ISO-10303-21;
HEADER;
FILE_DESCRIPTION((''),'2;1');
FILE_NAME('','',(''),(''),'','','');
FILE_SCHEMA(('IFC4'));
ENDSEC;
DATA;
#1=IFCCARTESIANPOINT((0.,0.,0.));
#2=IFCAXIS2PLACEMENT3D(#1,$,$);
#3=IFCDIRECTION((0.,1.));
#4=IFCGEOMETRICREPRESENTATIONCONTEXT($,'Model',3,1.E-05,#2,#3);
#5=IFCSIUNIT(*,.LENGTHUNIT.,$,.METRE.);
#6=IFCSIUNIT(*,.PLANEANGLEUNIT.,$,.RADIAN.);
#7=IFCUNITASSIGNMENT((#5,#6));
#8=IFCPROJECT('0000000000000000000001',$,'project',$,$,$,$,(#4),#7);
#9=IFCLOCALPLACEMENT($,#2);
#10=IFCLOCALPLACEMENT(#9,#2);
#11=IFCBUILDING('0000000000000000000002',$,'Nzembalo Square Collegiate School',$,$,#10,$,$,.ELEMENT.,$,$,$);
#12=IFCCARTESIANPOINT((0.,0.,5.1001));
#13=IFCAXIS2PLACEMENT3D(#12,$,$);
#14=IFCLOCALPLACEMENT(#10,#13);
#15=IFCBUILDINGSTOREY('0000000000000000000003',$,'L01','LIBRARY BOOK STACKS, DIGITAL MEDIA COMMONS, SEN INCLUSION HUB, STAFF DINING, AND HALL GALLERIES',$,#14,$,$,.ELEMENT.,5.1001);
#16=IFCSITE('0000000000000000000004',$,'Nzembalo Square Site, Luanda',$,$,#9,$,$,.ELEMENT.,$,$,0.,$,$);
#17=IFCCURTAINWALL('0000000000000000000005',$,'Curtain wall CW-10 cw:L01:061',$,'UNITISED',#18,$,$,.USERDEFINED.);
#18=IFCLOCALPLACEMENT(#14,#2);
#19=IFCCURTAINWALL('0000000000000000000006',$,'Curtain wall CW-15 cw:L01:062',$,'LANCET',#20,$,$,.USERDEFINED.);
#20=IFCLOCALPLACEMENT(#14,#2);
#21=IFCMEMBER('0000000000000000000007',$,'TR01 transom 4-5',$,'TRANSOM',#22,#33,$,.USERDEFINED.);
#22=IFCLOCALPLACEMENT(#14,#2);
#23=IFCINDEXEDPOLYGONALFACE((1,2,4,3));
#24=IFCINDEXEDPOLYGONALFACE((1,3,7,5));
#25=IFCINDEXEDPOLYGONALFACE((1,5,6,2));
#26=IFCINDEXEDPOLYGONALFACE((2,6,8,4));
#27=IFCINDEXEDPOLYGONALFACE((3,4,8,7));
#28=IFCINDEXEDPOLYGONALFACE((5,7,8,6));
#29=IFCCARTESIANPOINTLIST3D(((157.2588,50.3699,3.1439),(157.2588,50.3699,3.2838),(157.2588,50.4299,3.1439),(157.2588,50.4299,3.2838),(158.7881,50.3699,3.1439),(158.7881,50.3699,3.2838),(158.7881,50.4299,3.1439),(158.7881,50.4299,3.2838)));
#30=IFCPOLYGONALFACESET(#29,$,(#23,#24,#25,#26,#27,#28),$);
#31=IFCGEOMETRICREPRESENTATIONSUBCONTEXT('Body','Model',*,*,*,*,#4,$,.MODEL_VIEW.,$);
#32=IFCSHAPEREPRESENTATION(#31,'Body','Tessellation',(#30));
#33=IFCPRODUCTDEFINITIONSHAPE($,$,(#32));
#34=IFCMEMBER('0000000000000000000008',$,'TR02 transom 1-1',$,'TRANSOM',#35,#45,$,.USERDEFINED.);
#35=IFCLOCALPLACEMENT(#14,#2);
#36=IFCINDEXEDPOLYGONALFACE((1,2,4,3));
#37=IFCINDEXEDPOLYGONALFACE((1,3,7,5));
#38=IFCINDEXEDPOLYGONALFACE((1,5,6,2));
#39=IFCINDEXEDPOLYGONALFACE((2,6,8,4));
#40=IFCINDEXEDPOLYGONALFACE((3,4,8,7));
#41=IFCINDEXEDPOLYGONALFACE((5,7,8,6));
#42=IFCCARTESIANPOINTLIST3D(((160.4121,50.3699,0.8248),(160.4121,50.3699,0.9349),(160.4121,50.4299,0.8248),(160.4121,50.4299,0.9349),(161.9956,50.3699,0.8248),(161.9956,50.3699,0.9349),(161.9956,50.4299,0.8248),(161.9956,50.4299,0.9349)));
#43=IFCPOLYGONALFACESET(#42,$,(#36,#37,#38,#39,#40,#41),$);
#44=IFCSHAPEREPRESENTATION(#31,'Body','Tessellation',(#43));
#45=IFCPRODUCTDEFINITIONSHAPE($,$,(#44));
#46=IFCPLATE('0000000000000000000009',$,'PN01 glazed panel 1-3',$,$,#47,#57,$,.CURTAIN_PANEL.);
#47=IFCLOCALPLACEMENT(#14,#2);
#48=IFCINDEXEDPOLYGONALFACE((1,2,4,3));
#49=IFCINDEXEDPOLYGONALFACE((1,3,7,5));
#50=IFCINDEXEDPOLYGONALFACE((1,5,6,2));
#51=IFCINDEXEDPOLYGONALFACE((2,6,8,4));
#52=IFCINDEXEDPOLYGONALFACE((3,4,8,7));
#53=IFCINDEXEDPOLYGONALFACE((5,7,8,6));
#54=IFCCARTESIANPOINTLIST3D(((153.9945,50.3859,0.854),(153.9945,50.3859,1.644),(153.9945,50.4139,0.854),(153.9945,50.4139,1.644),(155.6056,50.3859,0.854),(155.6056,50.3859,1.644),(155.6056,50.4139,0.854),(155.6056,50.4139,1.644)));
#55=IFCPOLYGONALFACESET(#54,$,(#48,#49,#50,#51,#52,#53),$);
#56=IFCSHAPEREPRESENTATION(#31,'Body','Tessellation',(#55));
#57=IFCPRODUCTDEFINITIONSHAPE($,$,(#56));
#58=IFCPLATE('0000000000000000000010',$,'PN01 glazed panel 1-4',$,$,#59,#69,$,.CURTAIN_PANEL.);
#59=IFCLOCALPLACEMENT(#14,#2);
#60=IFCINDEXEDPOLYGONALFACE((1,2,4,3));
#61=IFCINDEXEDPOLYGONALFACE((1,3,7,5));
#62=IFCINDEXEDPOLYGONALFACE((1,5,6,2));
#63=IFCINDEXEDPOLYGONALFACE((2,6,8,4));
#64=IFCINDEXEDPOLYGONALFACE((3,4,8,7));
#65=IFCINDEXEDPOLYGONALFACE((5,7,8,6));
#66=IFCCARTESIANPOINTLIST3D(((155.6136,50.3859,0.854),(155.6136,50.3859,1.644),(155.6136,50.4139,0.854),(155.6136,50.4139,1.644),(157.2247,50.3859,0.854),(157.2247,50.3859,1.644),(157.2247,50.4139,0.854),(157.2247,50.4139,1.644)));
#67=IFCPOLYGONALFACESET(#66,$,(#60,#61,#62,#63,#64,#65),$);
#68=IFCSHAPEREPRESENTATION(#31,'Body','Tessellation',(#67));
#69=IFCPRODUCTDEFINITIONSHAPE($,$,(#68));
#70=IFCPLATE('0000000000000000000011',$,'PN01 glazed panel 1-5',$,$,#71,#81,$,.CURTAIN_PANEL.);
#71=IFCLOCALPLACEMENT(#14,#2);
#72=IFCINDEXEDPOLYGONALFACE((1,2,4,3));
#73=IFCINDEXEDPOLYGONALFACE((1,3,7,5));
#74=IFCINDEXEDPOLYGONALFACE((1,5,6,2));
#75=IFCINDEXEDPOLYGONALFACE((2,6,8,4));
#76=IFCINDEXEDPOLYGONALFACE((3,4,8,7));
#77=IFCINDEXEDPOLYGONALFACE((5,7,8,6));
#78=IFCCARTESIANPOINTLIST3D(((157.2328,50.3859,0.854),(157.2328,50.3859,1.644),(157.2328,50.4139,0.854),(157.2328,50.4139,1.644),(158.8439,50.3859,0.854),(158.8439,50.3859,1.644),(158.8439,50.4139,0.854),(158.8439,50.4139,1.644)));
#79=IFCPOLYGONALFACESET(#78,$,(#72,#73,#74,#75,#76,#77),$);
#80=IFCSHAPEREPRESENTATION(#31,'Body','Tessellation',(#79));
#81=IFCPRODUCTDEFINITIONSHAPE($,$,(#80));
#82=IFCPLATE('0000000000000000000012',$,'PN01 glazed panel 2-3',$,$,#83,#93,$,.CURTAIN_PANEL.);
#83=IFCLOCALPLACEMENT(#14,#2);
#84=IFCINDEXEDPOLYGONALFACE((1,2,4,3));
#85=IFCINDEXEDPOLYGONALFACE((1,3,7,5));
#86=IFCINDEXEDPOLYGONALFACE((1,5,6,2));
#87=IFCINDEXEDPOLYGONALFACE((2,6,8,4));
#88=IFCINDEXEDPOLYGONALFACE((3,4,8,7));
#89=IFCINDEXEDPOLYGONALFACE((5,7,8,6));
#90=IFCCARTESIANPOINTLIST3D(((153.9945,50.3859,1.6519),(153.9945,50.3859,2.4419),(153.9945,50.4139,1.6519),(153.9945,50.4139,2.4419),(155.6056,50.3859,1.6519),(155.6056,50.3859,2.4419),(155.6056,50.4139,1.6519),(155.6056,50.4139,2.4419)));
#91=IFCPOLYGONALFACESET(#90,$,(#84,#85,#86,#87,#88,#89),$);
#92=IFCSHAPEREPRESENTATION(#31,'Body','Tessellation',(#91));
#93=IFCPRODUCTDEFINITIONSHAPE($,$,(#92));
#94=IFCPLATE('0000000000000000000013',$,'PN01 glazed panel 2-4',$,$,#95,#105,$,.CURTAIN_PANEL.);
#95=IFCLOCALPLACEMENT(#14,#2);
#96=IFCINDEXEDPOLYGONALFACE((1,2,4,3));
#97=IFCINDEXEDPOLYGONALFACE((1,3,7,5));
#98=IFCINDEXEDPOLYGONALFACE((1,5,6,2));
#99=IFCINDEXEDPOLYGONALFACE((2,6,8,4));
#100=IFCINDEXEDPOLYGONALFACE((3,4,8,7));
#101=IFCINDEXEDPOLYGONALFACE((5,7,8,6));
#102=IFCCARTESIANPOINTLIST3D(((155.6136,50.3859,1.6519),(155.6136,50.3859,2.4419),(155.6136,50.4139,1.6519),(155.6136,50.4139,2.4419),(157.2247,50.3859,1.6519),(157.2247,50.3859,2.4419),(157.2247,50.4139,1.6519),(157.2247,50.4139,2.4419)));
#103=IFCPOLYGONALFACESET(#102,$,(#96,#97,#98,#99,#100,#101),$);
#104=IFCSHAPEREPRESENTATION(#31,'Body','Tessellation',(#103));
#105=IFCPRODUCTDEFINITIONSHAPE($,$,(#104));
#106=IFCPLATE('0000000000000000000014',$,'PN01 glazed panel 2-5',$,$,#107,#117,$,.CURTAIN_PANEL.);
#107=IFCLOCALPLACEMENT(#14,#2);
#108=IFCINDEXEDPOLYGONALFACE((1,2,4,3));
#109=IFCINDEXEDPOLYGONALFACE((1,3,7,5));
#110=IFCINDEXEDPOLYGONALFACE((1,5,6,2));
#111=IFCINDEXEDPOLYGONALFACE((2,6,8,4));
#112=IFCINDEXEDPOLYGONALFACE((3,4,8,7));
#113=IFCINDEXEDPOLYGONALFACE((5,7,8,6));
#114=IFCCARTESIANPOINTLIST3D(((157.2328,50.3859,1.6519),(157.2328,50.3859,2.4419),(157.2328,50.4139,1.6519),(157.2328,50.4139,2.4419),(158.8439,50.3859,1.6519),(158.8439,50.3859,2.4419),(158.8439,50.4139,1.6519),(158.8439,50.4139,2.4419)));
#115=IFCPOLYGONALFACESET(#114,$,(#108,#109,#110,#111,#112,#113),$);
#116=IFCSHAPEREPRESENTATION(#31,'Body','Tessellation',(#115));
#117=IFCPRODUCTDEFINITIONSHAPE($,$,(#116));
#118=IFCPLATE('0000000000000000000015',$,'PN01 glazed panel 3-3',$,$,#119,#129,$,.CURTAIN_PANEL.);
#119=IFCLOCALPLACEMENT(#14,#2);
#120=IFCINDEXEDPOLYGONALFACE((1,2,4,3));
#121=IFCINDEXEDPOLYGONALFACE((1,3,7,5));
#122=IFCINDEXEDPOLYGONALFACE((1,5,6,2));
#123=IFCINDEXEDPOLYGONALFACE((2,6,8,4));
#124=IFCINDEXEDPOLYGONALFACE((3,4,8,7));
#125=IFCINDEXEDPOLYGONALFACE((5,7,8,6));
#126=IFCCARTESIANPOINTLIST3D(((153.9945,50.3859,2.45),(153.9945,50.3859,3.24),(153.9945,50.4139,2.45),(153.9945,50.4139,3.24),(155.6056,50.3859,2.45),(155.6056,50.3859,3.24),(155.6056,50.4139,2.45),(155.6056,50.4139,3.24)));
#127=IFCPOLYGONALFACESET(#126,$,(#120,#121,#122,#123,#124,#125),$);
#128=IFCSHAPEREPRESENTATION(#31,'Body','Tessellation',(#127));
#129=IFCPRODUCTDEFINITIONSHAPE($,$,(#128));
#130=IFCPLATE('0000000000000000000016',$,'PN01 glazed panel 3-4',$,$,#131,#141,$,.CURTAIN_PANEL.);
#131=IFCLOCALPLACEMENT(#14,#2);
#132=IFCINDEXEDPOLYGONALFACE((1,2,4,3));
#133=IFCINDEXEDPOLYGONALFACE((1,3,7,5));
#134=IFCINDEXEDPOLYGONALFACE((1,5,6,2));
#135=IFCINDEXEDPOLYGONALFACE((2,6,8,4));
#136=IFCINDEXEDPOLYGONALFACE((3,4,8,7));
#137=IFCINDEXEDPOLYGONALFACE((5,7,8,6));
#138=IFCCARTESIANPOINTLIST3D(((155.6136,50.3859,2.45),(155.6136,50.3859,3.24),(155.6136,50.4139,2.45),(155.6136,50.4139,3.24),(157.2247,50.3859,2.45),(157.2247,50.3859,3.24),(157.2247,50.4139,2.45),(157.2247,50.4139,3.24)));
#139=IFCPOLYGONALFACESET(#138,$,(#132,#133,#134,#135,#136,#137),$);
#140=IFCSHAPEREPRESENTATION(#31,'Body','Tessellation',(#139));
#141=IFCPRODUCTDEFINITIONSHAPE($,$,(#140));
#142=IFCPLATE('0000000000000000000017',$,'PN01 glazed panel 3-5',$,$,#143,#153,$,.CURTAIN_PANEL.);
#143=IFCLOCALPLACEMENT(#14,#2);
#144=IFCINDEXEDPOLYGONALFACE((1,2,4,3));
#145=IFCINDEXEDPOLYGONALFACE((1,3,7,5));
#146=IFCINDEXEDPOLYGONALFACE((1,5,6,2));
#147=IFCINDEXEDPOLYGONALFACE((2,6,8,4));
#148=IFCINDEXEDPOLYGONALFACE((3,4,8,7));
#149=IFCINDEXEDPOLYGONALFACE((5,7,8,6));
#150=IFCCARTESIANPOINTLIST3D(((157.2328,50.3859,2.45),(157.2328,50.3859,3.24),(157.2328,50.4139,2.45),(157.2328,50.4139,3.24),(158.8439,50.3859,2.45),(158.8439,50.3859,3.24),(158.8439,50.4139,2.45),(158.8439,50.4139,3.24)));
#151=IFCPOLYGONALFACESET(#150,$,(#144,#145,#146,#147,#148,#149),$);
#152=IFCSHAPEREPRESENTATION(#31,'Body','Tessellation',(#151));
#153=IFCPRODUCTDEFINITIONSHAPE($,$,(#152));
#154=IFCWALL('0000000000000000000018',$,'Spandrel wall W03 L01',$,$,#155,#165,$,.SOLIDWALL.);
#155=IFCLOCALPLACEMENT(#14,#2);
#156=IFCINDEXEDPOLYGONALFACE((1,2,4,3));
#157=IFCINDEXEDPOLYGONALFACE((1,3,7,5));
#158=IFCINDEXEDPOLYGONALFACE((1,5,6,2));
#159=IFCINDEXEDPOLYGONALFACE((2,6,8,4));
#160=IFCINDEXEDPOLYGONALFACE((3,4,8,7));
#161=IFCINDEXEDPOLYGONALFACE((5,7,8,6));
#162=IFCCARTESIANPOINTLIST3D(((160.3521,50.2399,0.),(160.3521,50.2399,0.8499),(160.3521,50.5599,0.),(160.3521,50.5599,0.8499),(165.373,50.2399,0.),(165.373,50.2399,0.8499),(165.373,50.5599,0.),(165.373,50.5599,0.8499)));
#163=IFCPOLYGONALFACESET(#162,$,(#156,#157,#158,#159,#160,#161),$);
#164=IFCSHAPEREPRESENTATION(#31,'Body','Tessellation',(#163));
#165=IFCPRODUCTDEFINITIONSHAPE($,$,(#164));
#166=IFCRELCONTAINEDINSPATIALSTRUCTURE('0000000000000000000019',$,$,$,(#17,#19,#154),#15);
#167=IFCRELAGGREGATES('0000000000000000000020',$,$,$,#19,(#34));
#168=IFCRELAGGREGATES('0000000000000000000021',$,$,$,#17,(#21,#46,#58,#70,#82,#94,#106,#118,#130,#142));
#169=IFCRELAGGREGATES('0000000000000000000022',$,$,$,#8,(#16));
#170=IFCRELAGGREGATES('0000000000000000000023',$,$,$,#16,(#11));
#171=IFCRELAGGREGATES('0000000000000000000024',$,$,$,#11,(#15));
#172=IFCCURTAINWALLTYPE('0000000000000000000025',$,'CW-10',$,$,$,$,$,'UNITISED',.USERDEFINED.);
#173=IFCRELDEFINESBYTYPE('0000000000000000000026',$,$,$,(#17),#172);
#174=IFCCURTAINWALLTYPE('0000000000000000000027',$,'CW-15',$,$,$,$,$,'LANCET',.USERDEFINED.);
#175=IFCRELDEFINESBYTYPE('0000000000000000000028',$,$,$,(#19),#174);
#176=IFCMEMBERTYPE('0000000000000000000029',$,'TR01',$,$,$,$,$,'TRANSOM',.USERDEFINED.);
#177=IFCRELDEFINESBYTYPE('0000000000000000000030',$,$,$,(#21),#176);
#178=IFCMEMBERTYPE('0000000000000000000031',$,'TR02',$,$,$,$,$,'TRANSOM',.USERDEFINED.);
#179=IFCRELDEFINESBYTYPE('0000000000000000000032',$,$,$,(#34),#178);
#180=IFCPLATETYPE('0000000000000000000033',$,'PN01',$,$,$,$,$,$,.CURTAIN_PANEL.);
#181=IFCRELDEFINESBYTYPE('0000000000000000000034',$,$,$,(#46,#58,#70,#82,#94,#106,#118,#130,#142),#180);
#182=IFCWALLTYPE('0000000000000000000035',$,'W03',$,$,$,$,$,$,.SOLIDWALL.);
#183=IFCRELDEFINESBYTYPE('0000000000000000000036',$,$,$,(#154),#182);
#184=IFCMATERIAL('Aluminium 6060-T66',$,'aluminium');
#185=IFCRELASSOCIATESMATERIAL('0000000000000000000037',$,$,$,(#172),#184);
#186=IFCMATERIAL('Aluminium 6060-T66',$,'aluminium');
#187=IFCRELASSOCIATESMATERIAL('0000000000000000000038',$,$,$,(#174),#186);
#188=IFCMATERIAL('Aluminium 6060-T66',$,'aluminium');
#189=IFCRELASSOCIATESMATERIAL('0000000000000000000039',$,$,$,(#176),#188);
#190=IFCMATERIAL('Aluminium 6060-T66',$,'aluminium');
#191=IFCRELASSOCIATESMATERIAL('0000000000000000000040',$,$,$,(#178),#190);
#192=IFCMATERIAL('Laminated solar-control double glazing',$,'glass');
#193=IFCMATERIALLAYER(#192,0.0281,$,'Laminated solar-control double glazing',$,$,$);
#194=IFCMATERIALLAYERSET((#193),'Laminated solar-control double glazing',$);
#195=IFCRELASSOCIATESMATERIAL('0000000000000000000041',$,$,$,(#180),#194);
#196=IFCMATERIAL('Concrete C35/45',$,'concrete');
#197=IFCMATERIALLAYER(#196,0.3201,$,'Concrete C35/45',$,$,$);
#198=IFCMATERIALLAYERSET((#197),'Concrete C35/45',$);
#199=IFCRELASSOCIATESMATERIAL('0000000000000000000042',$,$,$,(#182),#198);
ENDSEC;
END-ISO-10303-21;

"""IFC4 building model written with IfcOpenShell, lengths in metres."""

from ifc_helpers import new_model, si_unit, direction, frame, frame_2d, origin, origin_2d, place, context, subcontext, project, spatial, rectangle, extrude, material, layer, layer_set, material_profile, profile_set, type_object, element, aggregate, save


model = new_model("IFC4")

# Units and contexts
model_context = context("Model", 3, precision=1e-05, world=origin(), true_north=direction((0.0, 1.0)))
body_context = subcontext(model_context, "Body", "Model", "MODEL_VIEW")
ifc_project = project(units=[si_unit("LENGTHUNIT", "METRE"), si_unit("PLANEANGLEUNIT", "RADIAN")], contexts=[model_context])

# Site, building, storey
site_placement = place(None, origin())
site = spatial("IfcSite", under=ifc_project, at=site_placement, Name="Nzembalo Square Site, Luanda", CompositionType="ELEMENT", RefElevation=0.0)
building_placement = place(site_placement, origin())
building = spatial("IfcBuilding", under=site, at=building_placement, Name="Nzembalo Square Collegiate School", CompositionType="ELEMENT")
storey_placement = place(building_placement, frame((0.0, 0.0, 5.1001)))
storey = spatial("IfcBuildingStorey", under=building, at=storey_placement, Name="L01", Description="LIBRARY BOOK STACKS, DIGITAL MEDIA COMMONS, SEN INCLUSION HUB, STAFF DINING, AND HALL GALLERIES", CompositionType="ELEMENT", Elevation=5.1001)

# Curtain wall
ifc_material_1 = material(Name="Aluminium 6060-T66", Category="aluminium")
curtain_wall_type_1 = type_object("IfcCurtainWallType", Name="CW-10", ElementType="UNITISED", PredefinedType="USERDEFINED", material=ifc_material_1)
curtain_wall_1_placement = place(storey_placement, origin())
curtain_wall_1 = element("IfcCurtainWall", 1, at=curtain_wall_1_placement, inside=storey, type_object=curtain_wall_type_1, Name="Curtain wall CW-10 cw:L01:061", ObjectType="UNITISED", PredefinedType="USERDEFINED")

# Curtain wall
ifc_material_2 = material(Name="Aluminium 6060-T66", Category="aluminium")
curtain_wall_type_2 = type_object("IfcCurtainWallType", Name="CW-15", ElementType="LANCET", PredefinedType="USERDEFINED", material=ifc_material_2)
curtain_wall_2_placement = place(storey_placement, origin())
curtain_wall_2 = element("IfcCurtainWall", 2, at=curtain_wall_2_placement, inside=storey, type_object=curtain_wall_type_2, Name="Curtain wall CW-15 cw:L01:062", ObjectType="LANCET", PredefinedType="USERDEFINED")

# Members
ifc_material_3 = material(Name="Aluminium 6060-T66", Category="aluminium")
ifc_material_profile_1 = material_profile(ifc_material_3, rectangle(XDim=0.0601, YDim=0.1399, at=origin_2d()), Name="ALU T60x140")
ifc_profile_set_1 = profile_set([ifc_material_profile_1], Name="Aluminium 6060-T66")
member_type_1 = type_object("IfcMemberType", Name="TR01", ElementType="TRANSOM", PredefinedType="USERDEFINED", material=ifc_profile_set_1)
member_1_placement = place(storey_placement, frame((157.2588, 50.3999, 3.2139), z_axis=(1.0, 0.0, 0.0), x_axis=(0.0, 1.0, 0.0)))
member_1 = element("IfcMember", 3, at=member_1_placement, type_object=member_type_1, Name="TR01 transom 4-5", ObjectType="TRANSOM", PredefinedType="USERDEFINED", context=body_context, shape_type="SweptSolid", body=[
    extrude(rectangle(XDim=0.0601, YDim=0.1399, at=origin_2d()), origin(), (0.0, 0.0, 1.0), 1.5293),
])
ifc_material_4 = material(Name="Aluminium 6060-T66", Category="aluminium")
ifc_material_profile_2 = material_profile(ifc_material_4, rectangle(XDim=0.0601, YDim=0.1101, at=origin_2d()), Name="ALU T60x110")
ifc_profile_set_2 = profile_set([ifc_material_profile_2], Name="Aluminium 6060-T66")
member_type_2 = type_object("IfcMemberType", Name="TR02", ElementType="TRANSOM", PredefinedType="USERDEFINED", material=ifc_profile_set_2)
member_2_placement = place(storey_placement, frame((160.4121, 50.3999, 0.8799), z_axis=(1.0, 0.0, 0.0), x_axis=(0.0, 1.0, 0.0)))
member_2 = element("IfcMember", 4, at=member_2_placement, type_object=member_type_2, Name="TR02 transom 1-1", ObjectType="TRANSOM", PredefinedType="USERDEFINED", context=body_context, shape_type="SweptSolid", body=[
    extrude(rectangle(XDim=0.0601, YDim=0.1101, at=origin_2d()), origin(), (0.0, 0.0, 1.0), 1.5835),
])
aggregate(curtain_wall_2, [member_2])

# Plates
ifc_material_5 = material(Name="Laminated solar-control double glazing", Category="glass")
ifc_layer_1 = layer(ifc_material_5, 0.0281, Name="Laminated solar-control double glazing")
ifc_layer_set_1 = layer_set([ifc_layer_1], Name="Laminated solar-control double glazing")
plate_type = type_object("IfcPlateType", Name="PN01", PredefinedType="CURTAIN_PANEL", material=ifc_layer_set_1)
plate_1_placement = place(storey_placement, frame((154.8, 50.3999, 0.854), z_axis=(0.0, 0.0, 1.0), x_axis=(1.0, 0.0, 0.0)))
plate_1 = element("IfcPlate", 5, at=plate_1_placement, type_object=plate_type, Name="PN01 glazed panel 1-3", PredefinedType="CURTAIN_PANEL", context=body_context, shape_type="SweptSolid", body=[
    extrude(rectangle(XDim=1.6111, YDim=0.0281, at=origin_2d()), origin(), (0.0, 0.0, 1.0), 0.79),
])
plate_2_placement = place(storey_placement, frame((156.4192, 50.3999, 0.854), z_axis=(0.0, 0.0, 1.0), x_axis=(1.0, 0.0, 0.0)))
plate_2 = element("IfcPlate", 6, at=plate_2_placement, type_object=plate_type, Name="PN01 glazed panel 1-4", PredefinedType="CURTAIN_PANEL", context=body_context, shape_type="SweptSolid", body=[
    extrude(rectangle(XDim=1.6111, YDim=0.0281, at=origin_2d()), origin(), (0.0, 0.0, 1.0), 0.79),
])
plate_3_placement = place(storey_placement, frame((158.0383, 50.3999, 0.854), z_axis=(0.0, 0.0, 1.0), x_axis=(1.0, 0.0, 0.0)))
plate_3 = element("IfcPlate", 7, at=plate_3_placement, type_object=plate_type, Name="PN01 glazed panel 1-5", PredefinedType="CURTAIN_PANEL", context=body_context, shape_type="SweptSolid", body=[
    extrude(rectangle(XDim=1.6111, YDim=0.0281, at=origin_2d()), origin(), (0.0, 0.0, 1.0), 0.79),
])
plate_4_placement = place(storey_placement, frame((154.8, 50.3999, 1.6519), z_axis=(0.0, 0.0, 1.0), x_axis=(1.0, 0.0, 0.0)))
plate_4 = element("IfcPlate", 8, at=plate_4_placement, type_object=plate_type, Name="PN01 glazed panel 2-3", PredefinedType="CURTAIN_PANEL", context=body_context, shape_type="SweptSolid", body=[
    extrude(rectangle(XDim=1.6111, YDim=0.0281, at=origin_2d()), origin(), (0.0, 0.0, 1.0), 0.79),
])
plate_5_placement = place(storey_placement, frame((156.4192, 50.3999, 1.6519), z_axis=(0.0, 0.0, 1.0), x_axis=(1.0, 0.0, 0.0)))
plate_5 = element("IfcPlate", 9, at=plate_5_placement, type_object=plate_type, Name="PN01 glazed panel 2-4", PredefinedType="CURTAIN_PANEL", context=body_context, shape_type="SweptSolid", body=[
    extrude(rectangle(XDim=1.6111, YDim=0.0281, at=origin_2d()), origin(), (0.0, 0.0, 1.0), 0.79),
])
plate_6_placement = place(storey_placement, frame((158.0383, 50.3999, 1.6519), z_axis=(0.0, 0.0, 1.0), x_axis=(1.0, 0.0, 0.0)))
plate_6 = element("IfcPlate", 10, at=plate_6_placement, type_object=plate_type, Name="PN01 glazed panel 2-5", PredefinedType="CURTAIN_PANEL", context=body_context, shape_type="SweptSolid", body=[
    extrude(rectangle(XDim=1.6111, YDim=0.0281, at=origin_2d()), origin(), (0.0, 0.0, 1.0), 0.79),
])
plate_7_placement = place(storey_placement, frame((154.8, 50.3999, 2.45), z_axis=(0.0, 0.0, 1.0), x_axis=(1.0, 0.0, 0.0)))
plate_7 = element("IfcPlate", 11, at=plate_7_placement, type_object=plate_type, Name="PN01 glazed panel 3-3", PredefinedType="CURTAIN_PANEL", context=body_context, shape_type="SweptSolid", body=[
    extrude(rectangle(XDim=1.6111, YDim=0.0281, at=origin_2d()), origin(), (0.0, 0.0, 1.0), 0.79),
])
plate_8_placement = place(storey_placement, frame((156.4192, 50.3999, 2.45), z_axis=(0.0, 0.0, 1.0), x_axis=(1.0, 0.0, 0.0)))
plate_8 = element("IfcPlate", 12, at=plate_8_placement, type_object=plate_type, Name="PN01 glazed panel 3-4", PredefinedType="CURTAIN_PANEL", context=body_context, shape_type="SweptSolid", body=[
    extrude(rectangle(XDim=1.6111, YDim=0.0281, at=origin_2d()), origin(), (0.0, 0.0, 1.0), 0.79),
])
plate_9_placement = place(storey_placement, frame((158.0383, 50.3999, 2.45), z_axis=(0.0, 0.0, 1.0), x_axis=(1.0, 0.0, 0.0)))
plate_9 = element("IfcPlate", 13, at=plate_9_placement, type_object=plate_type, Name="PN01 glazed panel 3-5", PredefinedType="CURTAIN_PANEL", context=body_context, shape_type="SweptSolid", body=[
    extrude(rectangle(XDim=1.6111, YDim=0.0281, at=origin_2d()), origin(), (0.0, 0.0, 1.0), 0.79),
])
aggregate(curtain_wall_1, [member_1, plate_1, plate_2, plate_3, plate_4, plate_5, plate_6, plate_7, plate_8, plate_9])

# Wall
ifc_material_6 = material(Name="Concrete C35/45", Category="concrete")
ifc_layer_2 = layer(ifc_material_6, 0.3201, Name="Concrete C35/45")
ifc_layer_set_2 = layer_set([ifc_layer_2], Name="Concrete C35/45")
wall_type = type_object("IfcWallType", Name="W03", PredefinedType="SOLIDWALL", material=ifc_layer_set_2)
wall_placement = place(storey_placement, frame((160.3521, 50.3999, 0.0), z_axis=(0.0, 0.0, 1.0), x_axis=(1.0, 0.0, 0.0)))
element("IfcWall", 14, at=wall_placement, inside=storey, type_object=wall_type, Name="Spandrel wall W03 L01", PredefinedType="SOLIDWALL", context=body_context, shape_type="SweptSolid", body=[
    extrude(rectangle(XDim=5.021, YDim=0.3201, at=frame_2d((2.5105, 0.0))), origin(), (0.0, 0.0, 1.0), 0.8499),
])

save(model, "model.ifc")
